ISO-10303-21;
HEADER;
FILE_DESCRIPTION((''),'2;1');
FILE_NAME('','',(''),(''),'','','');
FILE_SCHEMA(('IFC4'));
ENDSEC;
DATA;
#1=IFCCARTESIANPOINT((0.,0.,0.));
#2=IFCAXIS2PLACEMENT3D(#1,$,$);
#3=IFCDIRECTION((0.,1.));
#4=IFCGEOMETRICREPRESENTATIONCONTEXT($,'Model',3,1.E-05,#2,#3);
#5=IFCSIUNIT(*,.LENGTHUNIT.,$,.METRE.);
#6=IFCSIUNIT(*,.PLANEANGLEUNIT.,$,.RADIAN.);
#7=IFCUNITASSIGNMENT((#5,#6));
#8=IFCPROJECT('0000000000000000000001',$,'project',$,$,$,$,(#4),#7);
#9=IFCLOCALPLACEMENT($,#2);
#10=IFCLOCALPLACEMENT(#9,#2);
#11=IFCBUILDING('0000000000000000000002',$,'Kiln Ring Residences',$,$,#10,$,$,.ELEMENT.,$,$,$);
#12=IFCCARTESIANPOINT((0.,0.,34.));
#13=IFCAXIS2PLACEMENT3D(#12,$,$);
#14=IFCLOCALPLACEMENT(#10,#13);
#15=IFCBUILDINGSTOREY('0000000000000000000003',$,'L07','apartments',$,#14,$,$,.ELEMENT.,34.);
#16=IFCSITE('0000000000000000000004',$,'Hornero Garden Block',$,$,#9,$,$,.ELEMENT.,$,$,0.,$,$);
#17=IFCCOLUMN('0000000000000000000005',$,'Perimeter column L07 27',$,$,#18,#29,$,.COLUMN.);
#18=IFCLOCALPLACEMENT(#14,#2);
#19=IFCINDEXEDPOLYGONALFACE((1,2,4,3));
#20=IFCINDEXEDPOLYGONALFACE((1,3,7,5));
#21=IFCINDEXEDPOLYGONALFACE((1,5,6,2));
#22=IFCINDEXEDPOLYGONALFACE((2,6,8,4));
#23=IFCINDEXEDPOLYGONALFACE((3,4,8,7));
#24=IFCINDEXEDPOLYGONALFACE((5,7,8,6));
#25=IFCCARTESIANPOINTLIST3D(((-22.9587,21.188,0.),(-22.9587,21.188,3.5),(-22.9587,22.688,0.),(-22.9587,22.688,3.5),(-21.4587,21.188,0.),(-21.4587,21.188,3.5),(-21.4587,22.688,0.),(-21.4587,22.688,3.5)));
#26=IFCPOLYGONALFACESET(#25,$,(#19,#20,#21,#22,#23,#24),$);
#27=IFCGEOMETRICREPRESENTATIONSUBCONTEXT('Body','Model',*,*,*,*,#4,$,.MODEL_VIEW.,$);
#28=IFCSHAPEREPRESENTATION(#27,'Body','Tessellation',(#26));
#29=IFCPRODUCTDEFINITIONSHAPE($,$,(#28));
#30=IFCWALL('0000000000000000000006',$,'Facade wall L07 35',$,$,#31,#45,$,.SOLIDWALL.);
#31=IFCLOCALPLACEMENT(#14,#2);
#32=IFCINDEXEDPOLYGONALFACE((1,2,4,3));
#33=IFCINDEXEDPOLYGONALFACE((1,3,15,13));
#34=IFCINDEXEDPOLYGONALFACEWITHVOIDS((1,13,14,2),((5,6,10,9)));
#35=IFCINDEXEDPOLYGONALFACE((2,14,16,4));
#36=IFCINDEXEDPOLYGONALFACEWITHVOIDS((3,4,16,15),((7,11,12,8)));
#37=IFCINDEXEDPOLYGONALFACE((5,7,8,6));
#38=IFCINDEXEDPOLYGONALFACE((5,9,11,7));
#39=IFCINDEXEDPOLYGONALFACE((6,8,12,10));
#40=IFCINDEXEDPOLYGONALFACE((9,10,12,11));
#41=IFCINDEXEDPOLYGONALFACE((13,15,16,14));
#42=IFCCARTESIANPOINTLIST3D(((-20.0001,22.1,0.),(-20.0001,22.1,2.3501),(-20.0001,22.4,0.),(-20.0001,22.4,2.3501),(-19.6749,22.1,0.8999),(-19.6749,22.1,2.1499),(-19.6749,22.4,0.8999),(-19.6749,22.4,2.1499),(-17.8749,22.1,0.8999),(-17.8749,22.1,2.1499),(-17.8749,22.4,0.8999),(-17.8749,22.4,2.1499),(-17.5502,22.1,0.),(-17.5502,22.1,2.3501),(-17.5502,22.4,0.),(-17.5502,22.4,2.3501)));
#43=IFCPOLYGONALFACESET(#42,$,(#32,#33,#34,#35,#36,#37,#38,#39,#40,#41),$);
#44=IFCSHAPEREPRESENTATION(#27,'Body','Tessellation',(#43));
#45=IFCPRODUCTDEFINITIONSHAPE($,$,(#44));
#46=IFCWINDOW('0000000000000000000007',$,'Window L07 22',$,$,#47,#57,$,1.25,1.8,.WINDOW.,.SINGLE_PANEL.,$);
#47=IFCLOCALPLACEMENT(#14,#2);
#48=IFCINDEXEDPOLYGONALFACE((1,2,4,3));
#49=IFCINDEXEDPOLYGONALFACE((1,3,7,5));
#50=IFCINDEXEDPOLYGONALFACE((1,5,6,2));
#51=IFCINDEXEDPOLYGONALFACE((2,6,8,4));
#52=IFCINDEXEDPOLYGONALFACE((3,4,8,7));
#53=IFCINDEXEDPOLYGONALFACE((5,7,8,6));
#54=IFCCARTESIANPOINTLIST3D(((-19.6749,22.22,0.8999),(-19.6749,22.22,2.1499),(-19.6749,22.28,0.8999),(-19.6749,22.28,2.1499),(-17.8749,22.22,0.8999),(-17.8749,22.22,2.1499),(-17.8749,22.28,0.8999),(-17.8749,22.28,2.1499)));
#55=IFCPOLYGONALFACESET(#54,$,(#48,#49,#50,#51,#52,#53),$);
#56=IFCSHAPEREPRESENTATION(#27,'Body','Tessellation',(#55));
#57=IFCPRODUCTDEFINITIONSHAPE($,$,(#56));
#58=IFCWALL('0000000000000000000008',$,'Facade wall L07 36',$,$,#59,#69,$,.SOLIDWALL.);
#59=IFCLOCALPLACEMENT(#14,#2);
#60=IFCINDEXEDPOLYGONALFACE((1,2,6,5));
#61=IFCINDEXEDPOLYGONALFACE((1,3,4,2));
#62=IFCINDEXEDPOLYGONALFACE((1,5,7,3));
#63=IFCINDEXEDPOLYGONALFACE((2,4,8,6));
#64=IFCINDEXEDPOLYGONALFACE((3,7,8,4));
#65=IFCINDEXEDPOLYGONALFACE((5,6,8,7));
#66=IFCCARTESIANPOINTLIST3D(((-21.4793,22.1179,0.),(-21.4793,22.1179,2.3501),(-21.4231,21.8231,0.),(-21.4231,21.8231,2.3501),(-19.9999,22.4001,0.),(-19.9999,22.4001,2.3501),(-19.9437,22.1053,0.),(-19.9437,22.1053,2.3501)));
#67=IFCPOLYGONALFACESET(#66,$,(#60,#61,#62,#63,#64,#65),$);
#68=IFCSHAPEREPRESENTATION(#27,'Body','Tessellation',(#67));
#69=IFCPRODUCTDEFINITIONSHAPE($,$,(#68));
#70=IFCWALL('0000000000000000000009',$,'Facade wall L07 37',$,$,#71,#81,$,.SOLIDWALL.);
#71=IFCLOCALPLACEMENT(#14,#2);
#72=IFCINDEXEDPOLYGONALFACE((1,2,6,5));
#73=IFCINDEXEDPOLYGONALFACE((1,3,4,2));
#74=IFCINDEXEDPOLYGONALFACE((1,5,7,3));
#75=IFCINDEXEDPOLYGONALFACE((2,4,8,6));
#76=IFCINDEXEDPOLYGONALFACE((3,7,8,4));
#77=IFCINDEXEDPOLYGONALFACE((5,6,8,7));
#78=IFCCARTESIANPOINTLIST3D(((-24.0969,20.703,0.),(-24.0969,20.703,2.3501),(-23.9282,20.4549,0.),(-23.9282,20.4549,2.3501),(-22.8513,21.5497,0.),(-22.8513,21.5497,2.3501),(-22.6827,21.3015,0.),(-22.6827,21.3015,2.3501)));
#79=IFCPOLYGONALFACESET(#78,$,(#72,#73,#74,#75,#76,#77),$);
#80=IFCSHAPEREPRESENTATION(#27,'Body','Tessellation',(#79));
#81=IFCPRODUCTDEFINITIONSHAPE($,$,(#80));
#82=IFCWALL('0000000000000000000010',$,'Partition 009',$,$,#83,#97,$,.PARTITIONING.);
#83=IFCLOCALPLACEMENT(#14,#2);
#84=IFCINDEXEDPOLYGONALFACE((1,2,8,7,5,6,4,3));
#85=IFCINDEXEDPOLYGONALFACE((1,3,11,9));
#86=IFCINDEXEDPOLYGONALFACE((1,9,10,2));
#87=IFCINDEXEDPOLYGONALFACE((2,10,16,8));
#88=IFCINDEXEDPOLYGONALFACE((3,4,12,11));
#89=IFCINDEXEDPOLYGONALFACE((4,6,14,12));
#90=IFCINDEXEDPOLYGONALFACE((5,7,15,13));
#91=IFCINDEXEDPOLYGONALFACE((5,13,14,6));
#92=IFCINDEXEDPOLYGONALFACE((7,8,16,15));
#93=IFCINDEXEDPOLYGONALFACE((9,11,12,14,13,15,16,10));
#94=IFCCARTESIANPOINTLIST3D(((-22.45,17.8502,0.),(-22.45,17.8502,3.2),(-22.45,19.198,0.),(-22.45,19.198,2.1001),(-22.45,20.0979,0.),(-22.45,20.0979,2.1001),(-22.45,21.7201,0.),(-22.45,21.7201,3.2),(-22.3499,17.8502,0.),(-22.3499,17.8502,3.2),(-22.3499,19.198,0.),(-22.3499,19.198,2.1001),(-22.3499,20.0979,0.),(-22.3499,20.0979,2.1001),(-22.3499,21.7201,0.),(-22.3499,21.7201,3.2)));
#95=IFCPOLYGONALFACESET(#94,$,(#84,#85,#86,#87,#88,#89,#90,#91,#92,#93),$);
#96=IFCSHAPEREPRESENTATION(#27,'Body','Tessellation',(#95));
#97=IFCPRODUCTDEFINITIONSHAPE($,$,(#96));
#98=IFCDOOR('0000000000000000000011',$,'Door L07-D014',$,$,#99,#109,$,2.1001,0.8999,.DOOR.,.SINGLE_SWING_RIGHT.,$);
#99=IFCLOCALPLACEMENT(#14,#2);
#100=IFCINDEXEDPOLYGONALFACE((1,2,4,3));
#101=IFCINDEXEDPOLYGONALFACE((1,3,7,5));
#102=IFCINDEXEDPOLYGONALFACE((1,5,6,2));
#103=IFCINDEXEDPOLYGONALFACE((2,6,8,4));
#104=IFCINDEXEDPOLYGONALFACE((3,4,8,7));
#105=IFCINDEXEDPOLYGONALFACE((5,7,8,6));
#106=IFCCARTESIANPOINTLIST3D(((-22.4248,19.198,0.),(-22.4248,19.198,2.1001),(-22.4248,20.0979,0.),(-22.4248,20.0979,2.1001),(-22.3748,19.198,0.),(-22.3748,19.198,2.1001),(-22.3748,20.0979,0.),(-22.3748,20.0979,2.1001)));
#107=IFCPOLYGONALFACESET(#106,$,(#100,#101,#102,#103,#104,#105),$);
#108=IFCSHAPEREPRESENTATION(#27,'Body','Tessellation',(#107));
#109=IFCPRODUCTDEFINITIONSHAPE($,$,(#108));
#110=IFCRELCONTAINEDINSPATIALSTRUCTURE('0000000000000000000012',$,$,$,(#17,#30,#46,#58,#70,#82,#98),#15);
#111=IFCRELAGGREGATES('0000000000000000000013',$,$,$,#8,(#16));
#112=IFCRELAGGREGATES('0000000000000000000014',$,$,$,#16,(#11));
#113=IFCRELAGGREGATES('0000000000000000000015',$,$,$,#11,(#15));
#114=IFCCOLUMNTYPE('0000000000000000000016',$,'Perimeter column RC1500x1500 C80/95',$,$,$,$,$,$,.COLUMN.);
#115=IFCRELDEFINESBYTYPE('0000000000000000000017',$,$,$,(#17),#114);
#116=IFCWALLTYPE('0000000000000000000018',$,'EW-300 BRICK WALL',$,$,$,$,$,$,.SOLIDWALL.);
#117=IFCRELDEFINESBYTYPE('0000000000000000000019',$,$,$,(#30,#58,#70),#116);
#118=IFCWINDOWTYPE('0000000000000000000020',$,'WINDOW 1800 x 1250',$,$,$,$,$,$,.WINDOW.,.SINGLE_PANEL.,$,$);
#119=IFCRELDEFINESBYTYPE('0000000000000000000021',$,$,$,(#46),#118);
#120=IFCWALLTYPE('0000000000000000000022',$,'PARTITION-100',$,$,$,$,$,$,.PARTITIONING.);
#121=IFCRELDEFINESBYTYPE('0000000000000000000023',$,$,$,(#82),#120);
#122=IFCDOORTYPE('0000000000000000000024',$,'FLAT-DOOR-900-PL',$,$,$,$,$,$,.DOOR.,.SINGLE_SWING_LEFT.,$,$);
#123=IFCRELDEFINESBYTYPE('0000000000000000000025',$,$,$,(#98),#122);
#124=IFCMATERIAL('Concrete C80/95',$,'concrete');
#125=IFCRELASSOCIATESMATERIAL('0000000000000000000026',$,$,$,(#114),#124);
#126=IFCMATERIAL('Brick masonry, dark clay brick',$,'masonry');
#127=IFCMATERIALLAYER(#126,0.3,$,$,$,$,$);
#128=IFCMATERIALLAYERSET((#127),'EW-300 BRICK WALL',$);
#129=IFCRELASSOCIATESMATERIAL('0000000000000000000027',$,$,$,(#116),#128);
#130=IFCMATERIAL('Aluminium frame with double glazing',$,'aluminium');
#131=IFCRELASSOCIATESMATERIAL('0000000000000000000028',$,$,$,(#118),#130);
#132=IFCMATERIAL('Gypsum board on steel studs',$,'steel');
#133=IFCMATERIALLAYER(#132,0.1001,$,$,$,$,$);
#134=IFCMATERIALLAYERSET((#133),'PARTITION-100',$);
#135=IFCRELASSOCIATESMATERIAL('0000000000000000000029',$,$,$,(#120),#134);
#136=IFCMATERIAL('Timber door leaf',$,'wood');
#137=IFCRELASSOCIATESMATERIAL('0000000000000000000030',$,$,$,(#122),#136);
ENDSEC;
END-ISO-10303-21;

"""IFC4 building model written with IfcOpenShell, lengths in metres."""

from ifc_helpers import new_model, si_unit, direction, frame, frame_2d, origin, origin_2d, place, context, subcontext, project, spatial, rectangle, extrude, material, layer, layer_set, material_profile, profile_set, type_object, element, fill, save


model = new_model("IFC4")

# Units and contexts
model_context = context("Model", 3, precision=1e-05, world=origin(), true_north=direction((0.0, 1.0)))
body_context = subcontext(model_context, "Body", "Model", "MODEL_VIEW")
ifc_project = project(units=[si_unit("LENGTHUNIT", "METRE"), si_unit("PLANEANGLEUNIT", "RADIAN")], contexts=[model_context])

# Site, building, storey
site_placement = place(None, origin())
site = spatial("IfcSite", under=ifc_project, at=site_placement, Name="Hornero Garden Block", CompositionType="ELEMENT", RefElevation=0.0)
building_placement = place(site_placement, origin())
building = spatial("IfcBuilding", under=site, at=building_placement, Name="Kiln Ring Residences", CompositionType="ELEMENT")
storey_placement = place(building_placement, frame((0.0, 0.0, 34.0)))
storey = spatial("IfcBuildingStorey", under=building, at=storey_placement, Name="L07", Description="apartments", CompositionType="ELEMENT", Elevation=34.0)

# Column
ifc_material_1 = material(Name="Concrete C80/95", Category="concrete")
ifc_material_profile = material_profile(ifc_material_1, rectangle(XDim=1.5, YDim=1.5, at=origin_2d()), Name="RC1500x1500")
ifc_profile_set = profile_set([ifc_material_profile], Name="Concrete C80/95")
column_type = type_object("IfcColumnType", Name="Perimeter column RC1500x1500 C80/95", PredefinedType="COLUMN", material=ifc_profile_set)
column_placement = place(storey_placement, frame((-22.2087, 21.938, 0.0), z_axis=(0.0, 0.0, 1.0), x_axis=(1.0, 0.0, 0.0)))
element("IfcColumn", 1, at=column_placement, inside=storey, type_object=column_type, Name="Perimeter column L07 27", PredefinedType="COLUMN", context=body_context, shape_type="SweptSolid", body=[
    extrude(rectangle(XDim=1.5, YDim=1.5, at=origin_2d()), origin(), (0.0, 0.0, 1.0), 3.5),
])

# Wall, opening, window
ifc_material_2 = material(Name="Brick masonry, dark clay brick", Category="masonry")
ifc_layer_1 = layer(ifc_material_2, 0.3)
ifc_layer_set_1 = layer_set([ifc_layer_1], Name="EW-300 BRICK WALL")
wall_type_1 = type_object("IfcWallType", Name="EW-300 BRICK WALL", PredefinedType="SOLIDWALL", material=ifc_layer_set_1)
wall_1_placement = place(storey_placement, frame((-17.55, 22.25, 0.0), z_axis=(0.0, 0.0, 1.0), x_axis=(-1.0, 0.0, 0.0)))
wall_1 = element("IfcWall", 2, at=wall_1_placement, inside=storey, type_object=wall_type_1, Name="Facade wall L07 35", PredefinedType="SOLIDWALL", context=body_context, shape_type="SweptSolid", body=[
    extrude(rectangle(XDim=2.45, YDim=0.3, at=frame_2d((1.2251, 0.0))), origin(), (0.0, 0.0, 1.0), 2.3501),
])
opening_1_placement = place(wall_1_placement, frame((0.325, 0.0, 0.8999)))
opening_1 = element("IfcOpeningElement", 3, at=opening_1_placement, cuts=wall_1, PredefinedType="OPENING", context=body_context, shape_type="SweptSolid", body=[
    extrude(rectangle(XDim=1.8, YDim=1.25, at=frame_2d((0.8999, 0.625))), frame((0.0, 0.1599, 0.0), z_axis=(0.0, -1.0, 0.0), x_axis=(1.0, 0.0, 0.0)), (0.0, 0.0, 1.0), 0.3201),
])
ifc_material_3 = material(Name="Aluminium frame with double glazing", Category="aluminium")
window_type = type_object("IfcWindowType", Name="WINDOW 1800 x 1250", PartitioningType="SINGLE_PANEL", PredefinedType="WINDOW", material=ifc_material_3)
window_placement = place(opening_1_placement, origin())
window = element("IfcWindow", 4, at=window_placement, inside=storey, type_object=window_type, Name="Window L07 22", OverallHeight=1.25, OverallWidth=1.8, PartitioningType="SINGLE_PANEL", PredefinedType="WINDOW", context=body_context, shape_type="SweptSolid", body=[
    extrude(rectangle(XDim=1.8, YDim=1.25, at=frame_2d((0.8999, 0.625))), frame((0.0, 0.03, 0.0), z_axis=(0.0, -1.0, 0.0), x_axis=(1.0, 0.0, 0.0)), (0.0, 0.0, 1.0), 0.0601),
])
fill(opening_1, window)

# Walls
for number, where, z_axis, x_axis, name in (
    (5, (-19.9719, 22.2527, 0.0), (0.0, 0.0, 1.0), (-0.982287, -0.18738, 0.0), "Facade wall L07 36"),
    (6, (-22.7671, 21.4255, 0.0), (0.0, 0.0, 1.0), (-0.827029, -0.562159, 0.0), "Facade wall L07 37"),
):
    element("IfcWall", number, at=place(storey_placement, frame(where, z_axis=z_axis, x_axis=x_axis)), inside=storey, type_object=wall_type_1, Name=name, PredefinedType="SOLIDWALL", context=body_context, shape_type="SweptSolid", body=[
        extrude(rectangle(XDim=1.5061, YDim=0.3, at=frame_2d((0.7529, 0.0))), origin(), (0.0, 0.0, 1.0), 2.3501),
    ])

# Wall, opening, door
ifc_material_4 = material(Name="Gypsum board on steel studs", Category="steel")
ifc_layer_2 = layer(ifc_material_4, 0.1001)
ifc_layer_set_2 = layer_set([ifc_layer_2], Name="PARTITION-100")
wall_type_2 = type_object("IfcWallType", Name="PARTITION-100", PredefinedType="PARTITIONING", material=ifc_layer_set_2)
wall_2_placement = place(storey_placement, frame((-22.3999, 17.8501, 0.0), z_axis=(0.0, 0.0, 1.0), x_axis=(0.0, 1.0, 0.0)))
wall_2 = element("IfcWall", 7, at=wall_2_placement, inside=storey, type_object=wall_type_2, Name="Partition 009", PredefinedType="PARTITIONING", context=body_context, shape_type="SweptSolid", body=[
    extrude(rectangle(XDim=3.8699, YDim=0.1001, at=frame_2d((1.9351, 0.0))), origin(), (0.0, 0.0, 1.0), 3.2),
])
opening_2_placement = place(wall_2_placement, frame((1.3479, 0.0, 0.0)))
opening_2 = element("IfcOpeningElement", 8, at=opening_2_placement, cuts=wall_2, PredefinedType="OPENING", context=body_context, shape_type="SweptSolid", body=[
    extrude(rectangle(XDim=0.8999, YDim=2.1001, at=frame_2d((0.45, 1.05))), frame((0.0, 0.0601, 0.0), z_axis=(0.0, -1.0, 0.0), x_axis=(1.0, 0.0, 0.0)), (0.0, 0.0, 1.0), 0.1201),
])
ifc_material_5 = material(Name="Timber door leaf", Category="wood")
door_type = type_object("IfcDoorType", Name="FLAT-DOOR-900-PL", OperationType="SINGLE_SWING_LEFT", PredefinedType="DOOR", material=ifc_material_5)
door_placement = place(opening_2_placement, origin())
door = element("IfcDoor", 9, at=door_placement, inside=storey, type_object=door_type, Name="Door L07-D014", OperationType="SINGLE_SWING_RIGHT", OverallHeight=2.1001, OverallWidth=0.8999, PredefinedType="DOOR", context=body_context, shape_type="SweptSolid", body=[
    extrude(rectangle(XDim=0.8999, YDim=2.1001, at=frame_2d((0.45, 1.05))), frame((0.0, 0.0249, 0.0), z_axis=(0.0, -1.0, 0.0), x_axis=(1.0, 0.0, 0.0)), (0.0, 0.0, 1.0), 0.05),
])
fill(opening_2, door)

save(model, "model.ifc")
